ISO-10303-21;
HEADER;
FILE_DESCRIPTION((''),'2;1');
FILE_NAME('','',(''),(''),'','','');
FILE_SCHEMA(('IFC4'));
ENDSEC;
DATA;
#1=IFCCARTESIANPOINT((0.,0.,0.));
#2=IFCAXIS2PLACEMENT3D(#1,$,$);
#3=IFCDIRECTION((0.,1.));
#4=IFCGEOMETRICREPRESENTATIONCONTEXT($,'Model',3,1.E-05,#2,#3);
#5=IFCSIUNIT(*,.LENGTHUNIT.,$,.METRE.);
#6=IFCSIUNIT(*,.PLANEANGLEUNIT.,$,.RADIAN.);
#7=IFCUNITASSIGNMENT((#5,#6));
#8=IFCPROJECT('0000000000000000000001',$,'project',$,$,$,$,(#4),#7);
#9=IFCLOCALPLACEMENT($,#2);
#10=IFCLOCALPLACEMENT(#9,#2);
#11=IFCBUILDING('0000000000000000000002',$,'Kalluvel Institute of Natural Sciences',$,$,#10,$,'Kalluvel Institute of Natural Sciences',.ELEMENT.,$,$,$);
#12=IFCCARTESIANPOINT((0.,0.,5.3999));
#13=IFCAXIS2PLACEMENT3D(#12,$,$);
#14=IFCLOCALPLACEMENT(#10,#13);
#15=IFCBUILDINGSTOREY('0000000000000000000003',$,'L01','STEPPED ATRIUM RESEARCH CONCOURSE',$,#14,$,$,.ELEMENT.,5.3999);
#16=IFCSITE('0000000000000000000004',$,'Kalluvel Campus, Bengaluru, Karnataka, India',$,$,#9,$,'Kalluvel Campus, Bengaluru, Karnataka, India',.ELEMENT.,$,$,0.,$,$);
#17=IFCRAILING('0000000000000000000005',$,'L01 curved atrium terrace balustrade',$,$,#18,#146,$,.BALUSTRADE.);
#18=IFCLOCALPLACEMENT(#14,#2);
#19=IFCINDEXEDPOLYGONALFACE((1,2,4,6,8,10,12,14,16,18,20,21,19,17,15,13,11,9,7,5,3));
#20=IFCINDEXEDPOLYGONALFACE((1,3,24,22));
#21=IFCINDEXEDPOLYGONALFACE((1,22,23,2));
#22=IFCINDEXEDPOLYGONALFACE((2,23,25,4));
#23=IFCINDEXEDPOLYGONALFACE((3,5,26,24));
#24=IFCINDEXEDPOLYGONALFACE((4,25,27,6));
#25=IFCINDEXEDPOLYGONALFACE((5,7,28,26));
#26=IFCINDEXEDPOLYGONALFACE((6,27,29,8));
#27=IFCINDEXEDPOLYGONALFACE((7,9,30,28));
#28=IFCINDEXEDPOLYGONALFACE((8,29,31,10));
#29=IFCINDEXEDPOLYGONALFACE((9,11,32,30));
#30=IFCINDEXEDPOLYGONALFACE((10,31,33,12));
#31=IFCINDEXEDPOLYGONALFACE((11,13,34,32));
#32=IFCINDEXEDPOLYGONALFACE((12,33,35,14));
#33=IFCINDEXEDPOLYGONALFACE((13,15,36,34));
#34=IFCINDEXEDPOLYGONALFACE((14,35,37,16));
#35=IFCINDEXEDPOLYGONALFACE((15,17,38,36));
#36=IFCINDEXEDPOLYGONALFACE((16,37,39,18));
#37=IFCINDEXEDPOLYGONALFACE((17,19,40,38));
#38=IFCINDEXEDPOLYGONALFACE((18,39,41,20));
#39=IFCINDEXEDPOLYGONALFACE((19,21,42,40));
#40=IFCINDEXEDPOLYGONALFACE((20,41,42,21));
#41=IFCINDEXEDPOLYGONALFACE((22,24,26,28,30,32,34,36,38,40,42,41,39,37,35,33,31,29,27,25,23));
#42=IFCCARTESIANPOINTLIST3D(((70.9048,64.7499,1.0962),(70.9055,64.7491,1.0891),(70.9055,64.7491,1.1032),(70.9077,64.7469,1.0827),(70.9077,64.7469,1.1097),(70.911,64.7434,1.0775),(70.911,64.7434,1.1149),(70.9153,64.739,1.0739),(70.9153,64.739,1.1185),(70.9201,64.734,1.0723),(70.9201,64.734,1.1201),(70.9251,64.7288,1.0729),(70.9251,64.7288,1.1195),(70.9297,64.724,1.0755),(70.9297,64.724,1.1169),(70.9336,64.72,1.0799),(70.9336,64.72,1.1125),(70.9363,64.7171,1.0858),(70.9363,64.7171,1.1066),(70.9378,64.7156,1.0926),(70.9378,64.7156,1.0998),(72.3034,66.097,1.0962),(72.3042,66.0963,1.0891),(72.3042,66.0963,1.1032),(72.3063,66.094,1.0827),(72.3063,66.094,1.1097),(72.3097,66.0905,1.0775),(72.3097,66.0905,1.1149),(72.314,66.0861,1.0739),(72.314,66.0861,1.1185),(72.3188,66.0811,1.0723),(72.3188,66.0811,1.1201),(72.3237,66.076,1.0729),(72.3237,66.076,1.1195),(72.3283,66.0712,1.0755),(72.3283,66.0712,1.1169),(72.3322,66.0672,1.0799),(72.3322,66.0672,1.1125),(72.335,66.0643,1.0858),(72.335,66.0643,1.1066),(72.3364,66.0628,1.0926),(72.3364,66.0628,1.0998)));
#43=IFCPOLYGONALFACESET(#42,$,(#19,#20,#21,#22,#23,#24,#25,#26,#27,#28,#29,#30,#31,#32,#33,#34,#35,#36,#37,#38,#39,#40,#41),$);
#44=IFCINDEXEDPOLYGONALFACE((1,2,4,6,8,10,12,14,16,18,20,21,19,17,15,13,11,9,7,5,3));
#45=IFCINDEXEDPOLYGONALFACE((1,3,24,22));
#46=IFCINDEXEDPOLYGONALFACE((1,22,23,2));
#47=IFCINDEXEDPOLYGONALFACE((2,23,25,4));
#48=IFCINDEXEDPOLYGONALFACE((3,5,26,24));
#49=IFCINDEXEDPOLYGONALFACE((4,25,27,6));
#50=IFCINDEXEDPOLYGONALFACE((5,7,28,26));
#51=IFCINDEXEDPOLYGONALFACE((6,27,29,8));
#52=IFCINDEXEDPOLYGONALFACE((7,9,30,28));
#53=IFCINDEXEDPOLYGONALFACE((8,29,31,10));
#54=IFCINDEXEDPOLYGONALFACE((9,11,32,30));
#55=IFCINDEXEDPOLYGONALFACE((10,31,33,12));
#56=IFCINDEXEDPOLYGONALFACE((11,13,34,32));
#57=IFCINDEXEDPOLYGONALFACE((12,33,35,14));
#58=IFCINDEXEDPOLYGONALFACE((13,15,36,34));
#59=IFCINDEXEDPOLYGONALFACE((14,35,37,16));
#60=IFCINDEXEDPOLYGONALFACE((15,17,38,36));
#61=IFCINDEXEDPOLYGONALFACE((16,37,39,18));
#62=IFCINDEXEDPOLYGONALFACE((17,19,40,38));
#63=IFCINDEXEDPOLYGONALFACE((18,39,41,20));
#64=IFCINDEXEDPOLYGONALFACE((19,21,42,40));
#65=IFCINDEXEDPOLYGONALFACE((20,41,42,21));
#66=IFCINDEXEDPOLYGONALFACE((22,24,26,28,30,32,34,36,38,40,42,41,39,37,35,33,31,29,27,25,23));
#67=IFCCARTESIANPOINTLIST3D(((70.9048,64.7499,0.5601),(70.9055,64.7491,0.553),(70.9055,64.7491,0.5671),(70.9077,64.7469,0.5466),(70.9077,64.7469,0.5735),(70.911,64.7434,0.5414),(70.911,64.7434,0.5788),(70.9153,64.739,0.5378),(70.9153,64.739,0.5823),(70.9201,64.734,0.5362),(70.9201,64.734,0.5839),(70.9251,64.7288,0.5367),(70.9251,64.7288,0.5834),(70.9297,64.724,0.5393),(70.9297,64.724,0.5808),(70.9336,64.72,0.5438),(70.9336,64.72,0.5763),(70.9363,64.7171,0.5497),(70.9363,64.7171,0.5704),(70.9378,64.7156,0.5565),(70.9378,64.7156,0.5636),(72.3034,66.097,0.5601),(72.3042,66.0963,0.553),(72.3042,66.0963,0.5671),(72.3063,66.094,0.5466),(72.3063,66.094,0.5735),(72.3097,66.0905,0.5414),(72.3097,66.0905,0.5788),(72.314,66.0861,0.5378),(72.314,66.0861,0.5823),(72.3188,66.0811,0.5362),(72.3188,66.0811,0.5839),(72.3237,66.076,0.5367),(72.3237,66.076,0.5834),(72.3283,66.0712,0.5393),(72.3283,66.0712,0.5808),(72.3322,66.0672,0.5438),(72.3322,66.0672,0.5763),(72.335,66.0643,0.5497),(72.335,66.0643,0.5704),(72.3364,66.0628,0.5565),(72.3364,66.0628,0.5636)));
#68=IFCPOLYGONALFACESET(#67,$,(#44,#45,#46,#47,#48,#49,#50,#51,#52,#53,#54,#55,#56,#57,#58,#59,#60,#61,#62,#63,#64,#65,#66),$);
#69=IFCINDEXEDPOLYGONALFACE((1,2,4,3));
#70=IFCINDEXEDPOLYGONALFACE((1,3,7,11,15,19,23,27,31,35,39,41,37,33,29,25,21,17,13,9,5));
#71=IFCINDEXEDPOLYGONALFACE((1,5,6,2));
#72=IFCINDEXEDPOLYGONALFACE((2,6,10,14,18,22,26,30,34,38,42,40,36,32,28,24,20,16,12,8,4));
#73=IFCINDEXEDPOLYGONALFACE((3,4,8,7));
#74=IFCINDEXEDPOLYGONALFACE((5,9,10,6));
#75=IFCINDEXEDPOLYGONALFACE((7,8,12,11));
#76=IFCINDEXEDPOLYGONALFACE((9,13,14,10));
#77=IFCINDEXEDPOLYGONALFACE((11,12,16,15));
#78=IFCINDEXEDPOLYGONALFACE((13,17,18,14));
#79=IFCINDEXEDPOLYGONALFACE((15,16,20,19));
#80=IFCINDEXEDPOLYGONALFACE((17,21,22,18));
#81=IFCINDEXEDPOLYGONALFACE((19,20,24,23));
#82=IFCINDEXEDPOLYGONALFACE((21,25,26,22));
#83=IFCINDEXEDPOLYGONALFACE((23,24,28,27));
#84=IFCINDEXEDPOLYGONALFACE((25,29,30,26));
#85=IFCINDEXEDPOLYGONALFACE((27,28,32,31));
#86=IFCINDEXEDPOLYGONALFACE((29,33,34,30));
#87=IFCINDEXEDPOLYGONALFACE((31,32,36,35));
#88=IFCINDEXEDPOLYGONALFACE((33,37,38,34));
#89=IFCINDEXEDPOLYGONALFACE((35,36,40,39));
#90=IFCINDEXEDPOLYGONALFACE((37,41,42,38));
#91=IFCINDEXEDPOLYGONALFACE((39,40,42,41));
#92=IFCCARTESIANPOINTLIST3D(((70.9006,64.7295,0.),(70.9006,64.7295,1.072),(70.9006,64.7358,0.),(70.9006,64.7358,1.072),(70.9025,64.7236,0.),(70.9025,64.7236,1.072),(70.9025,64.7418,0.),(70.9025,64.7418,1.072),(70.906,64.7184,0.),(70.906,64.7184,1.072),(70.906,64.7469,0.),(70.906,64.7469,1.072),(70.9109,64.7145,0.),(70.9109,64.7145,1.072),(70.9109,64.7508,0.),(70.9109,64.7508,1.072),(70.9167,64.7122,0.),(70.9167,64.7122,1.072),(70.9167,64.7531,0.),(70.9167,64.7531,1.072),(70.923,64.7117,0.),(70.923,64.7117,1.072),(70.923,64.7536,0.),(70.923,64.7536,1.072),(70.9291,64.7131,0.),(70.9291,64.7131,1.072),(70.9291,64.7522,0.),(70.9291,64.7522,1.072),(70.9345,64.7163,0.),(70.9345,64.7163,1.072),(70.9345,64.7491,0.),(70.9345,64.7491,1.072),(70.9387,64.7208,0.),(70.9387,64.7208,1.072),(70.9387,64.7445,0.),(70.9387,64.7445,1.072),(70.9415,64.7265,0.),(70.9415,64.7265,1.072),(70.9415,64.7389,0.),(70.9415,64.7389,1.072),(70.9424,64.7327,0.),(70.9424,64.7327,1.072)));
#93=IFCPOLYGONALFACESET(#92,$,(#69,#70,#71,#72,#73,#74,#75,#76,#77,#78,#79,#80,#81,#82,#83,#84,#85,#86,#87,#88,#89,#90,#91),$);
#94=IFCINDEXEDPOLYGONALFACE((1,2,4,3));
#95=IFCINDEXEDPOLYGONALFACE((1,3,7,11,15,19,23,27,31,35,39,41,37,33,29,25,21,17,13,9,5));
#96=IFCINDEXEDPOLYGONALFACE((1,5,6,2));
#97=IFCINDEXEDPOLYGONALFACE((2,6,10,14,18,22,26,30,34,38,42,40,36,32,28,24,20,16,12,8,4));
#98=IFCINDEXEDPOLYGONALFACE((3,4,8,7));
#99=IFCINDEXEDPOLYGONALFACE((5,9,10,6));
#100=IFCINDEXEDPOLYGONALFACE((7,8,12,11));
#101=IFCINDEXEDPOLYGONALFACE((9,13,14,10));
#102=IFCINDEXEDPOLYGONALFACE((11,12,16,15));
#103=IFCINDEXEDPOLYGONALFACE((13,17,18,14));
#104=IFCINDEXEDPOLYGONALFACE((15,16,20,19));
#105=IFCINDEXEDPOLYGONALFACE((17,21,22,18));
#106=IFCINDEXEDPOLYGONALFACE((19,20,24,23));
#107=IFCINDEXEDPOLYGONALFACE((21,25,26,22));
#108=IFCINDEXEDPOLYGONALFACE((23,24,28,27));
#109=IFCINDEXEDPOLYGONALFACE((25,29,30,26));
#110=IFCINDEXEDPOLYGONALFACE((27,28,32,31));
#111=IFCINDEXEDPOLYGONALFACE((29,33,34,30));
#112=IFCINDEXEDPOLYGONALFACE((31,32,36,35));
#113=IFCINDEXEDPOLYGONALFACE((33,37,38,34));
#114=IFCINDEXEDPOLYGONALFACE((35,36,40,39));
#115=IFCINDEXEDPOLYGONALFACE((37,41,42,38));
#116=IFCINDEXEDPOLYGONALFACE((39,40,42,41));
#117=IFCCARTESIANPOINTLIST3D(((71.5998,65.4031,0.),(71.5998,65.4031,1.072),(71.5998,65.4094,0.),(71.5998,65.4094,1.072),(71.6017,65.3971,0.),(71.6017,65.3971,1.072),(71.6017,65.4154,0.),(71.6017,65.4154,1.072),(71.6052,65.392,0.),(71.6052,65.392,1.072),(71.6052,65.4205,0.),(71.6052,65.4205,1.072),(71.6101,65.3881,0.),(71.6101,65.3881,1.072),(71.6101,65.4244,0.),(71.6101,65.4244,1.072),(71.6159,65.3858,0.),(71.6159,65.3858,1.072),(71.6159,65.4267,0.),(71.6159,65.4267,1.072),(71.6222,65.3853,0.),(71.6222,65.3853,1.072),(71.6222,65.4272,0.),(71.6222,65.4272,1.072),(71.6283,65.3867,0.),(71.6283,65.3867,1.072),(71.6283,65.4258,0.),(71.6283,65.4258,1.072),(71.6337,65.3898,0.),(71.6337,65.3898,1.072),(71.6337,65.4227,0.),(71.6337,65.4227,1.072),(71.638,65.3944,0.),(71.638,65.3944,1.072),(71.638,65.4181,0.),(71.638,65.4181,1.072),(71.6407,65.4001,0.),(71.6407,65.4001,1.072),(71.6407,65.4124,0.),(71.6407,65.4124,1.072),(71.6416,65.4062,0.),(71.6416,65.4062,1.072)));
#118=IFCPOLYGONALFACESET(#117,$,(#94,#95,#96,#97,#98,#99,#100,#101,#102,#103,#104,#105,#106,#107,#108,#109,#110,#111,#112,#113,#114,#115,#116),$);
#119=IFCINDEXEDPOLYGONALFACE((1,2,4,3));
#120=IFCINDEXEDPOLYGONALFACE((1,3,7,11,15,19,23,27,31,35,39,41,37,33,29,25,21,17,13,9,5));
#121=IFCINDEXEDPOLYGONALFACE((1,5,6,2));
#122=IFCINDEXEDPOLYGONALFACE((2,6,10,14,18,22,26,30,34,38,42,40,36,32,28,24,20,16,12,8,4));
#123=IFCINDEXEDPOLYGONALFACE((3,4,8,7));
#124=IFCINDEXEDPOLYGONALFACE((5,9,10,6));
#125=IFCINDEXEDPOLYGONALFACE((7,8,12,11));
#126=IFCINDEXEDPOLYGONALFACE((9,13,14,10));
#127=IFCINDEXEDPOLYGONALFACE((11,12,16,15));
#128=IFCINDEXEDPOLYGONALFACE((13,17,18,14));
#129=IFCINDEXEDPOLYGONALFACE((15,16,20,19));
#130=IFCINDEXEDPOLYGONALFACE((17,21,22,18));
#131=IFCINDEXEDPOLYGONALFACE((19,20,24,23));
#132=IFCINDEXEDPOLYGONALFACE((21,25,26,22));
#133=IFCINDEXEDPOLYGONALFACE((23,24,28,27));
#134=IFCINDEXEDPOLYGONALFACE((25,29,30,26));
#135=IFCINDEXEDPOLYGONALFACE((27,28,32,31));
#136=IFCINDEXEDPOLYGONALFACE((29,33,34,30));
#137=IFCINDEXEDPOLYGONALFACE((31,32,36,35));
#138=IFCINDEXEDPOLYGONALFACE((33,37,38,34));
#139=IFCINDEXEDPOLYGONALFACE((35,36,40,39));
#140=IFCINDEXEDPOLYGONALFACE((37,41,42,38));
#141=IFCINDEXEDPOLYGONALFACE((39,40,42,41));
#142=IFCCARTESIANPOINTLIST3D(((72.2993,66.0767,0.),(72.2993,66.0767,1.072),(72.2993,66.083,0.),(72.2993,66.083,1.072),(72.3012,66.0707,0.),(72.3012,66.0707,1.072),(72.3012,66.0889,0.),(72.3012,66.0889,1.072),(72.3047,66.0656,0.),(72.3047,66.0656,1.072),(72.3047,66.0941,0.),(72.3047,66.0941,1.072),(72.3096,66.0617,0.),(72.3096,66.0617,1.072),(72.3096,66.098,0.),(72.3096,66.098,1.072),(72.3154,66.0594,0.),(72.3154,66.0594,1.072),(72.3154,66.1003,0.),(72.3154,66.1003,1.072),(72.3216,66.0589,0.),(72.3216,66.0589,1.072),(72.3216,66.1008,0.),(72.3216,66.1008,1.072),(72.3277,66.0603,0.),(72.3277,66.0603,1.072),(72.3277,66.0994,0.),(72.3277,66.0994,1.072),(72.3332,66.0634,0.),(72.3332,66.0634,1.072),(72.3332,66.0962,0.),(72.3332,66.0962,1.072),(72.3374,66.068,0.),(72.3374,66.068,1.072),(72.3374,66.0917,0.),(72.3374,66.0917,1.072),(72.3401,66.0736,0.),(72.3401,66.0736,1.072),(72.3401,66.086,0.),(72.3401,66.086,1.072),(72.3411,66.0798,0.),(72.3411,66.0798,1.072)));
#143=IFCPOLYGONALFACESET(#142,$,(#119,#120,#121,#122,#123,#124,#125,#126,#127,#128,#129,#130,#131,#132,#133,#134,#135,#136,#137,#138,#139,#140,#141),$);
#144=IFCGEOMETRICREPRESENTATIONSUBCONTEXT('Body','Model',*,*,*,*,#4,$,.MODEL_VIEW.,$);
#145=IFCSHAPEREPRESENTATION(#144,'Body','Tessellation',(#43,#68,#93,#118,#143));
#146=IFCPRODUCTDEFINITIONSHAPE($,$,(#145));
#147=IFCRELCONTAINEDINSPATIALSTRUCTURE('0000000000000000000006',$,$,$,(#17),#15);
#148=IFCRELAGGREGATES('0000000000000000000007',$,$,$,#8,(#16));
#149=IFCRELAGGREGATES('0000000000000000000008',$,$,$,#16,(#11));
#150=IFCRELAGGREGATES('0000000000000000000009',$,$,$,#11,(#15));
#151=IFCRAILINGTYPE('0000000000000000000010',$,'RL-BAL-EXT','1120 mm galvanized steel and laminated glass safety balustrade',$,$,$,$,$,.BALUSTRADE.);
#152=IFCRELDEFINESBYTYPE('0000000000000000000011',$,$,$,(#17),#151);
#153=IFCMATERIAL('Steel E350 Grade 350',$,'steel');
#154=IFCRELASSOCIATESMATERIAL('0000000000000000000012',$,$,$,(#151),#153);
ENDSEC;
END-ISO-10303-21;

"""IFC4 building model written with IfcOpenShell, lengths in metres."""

from ifc_helpers import new_model, si_unit, direction, frame, origin, origin_2d, place, context, subcontext, project, spatial, circle, extrude, material, type_object, element, save


model = new_model("IFC4")

# Units and contexts
model_context = context("Model", 3, precision=1e-05, world=origin(), true_north=direction((0.0, 1.0)))
body_context = subcontext(model_context, "Body", "Model", "MODEL_VIEW")
ifc_project = project(units=[si_unit("LENGTHUNIT", "METRE"), si_unit("PLANEANGLEUNIT", "RADIAN")], contexts=[model_context])

# Site, building, storey
site_placement = place(None, origin())
site = spatial("IfcSite", under=ifc_project, at=site_placement, Name="Kalluvel Campus, Bengaluru, Karnataka, India", LongName="Kalluvel Campus, Bengaluru, Karnataka, India", CompositionType="ELEMENT", RefElevation=0.0)
building_placement = place(site_placement, origin())
building = spatial("IfcBuilding", under=site, at=building_placement, Name="Kalluvel Institute of Natural Sciences", LongName="Kalluvel Institute of Natural Sciences", CompositionType="ELEMENT")
storey_placement = place(building_placement, frame((0.0, 0.0, 5.3999)))
storey = spatial("IfcBuildingStorey", under=building, at=storey_placement, Name="L01", Description="STEPPED ATRIUM RESEARCH CONCOURSE", CompositionType="ELEMENT", Elevation=5.3999)

# Railing
ifc_material_1 = material(Name="Steel E350 Grade 350", Category="steel")
railing_type = type_object("IfcRailingType", Name="RL-BAL-EXT", Description="1120 mm galvanized steel and laminated glass safety balustrade", PredefinedType="BALUSTRADE", material=ifc_material_1)
railing_1_placement = place(storey_placement, frame((70.9214, 64.7327, 0.0)))
element("IfcRailing", 1, at=railing_1_placement, inside=storey, type_object=railing_type, Name="L01 curved atrium terrace balustrade", PredefinedType="BALUSTRADE", context=body_context, shape_type="SweptSolid", body=[
    extrude(circle(Radius=0.0239, at=origin_2d()), frame((0.0, 0.0, 1.0962), z_axis=(0.720246, 0.693719, 0.0), x_axis=(-0.693719, 0.720246, 0.0)), (0.0, 0.0, 1.0), 1.9419),
    extrude(circle(Radius=0.0239, at=origin_2d()), frame((0.0, 0.0, 0.5601), z_axis=(0.720246, 0.693719, 0.0), x_axis=(-0.693719, 0.720246, 0.0)), (0.0, 0.0, 1.0), 1.9419),
    extrude(circle(Radius=0.021, at=origin_2d()), origin(), (0.0, 0.0, 1.0), 1.072),
    extrude(circle(Radius=0.021, at=origin_2d()), frame((0.6992, 0.6736, 0.0)), (0.0, 0.0, 1.0), 1.072),
    extrude(circle(Radius=0.021, at=origin_2d()), frame((1.3987, 1.3472, 0.0)), (0.0, 0.0, 1.0), 1.072),
])

save(model, "model.ifc")
